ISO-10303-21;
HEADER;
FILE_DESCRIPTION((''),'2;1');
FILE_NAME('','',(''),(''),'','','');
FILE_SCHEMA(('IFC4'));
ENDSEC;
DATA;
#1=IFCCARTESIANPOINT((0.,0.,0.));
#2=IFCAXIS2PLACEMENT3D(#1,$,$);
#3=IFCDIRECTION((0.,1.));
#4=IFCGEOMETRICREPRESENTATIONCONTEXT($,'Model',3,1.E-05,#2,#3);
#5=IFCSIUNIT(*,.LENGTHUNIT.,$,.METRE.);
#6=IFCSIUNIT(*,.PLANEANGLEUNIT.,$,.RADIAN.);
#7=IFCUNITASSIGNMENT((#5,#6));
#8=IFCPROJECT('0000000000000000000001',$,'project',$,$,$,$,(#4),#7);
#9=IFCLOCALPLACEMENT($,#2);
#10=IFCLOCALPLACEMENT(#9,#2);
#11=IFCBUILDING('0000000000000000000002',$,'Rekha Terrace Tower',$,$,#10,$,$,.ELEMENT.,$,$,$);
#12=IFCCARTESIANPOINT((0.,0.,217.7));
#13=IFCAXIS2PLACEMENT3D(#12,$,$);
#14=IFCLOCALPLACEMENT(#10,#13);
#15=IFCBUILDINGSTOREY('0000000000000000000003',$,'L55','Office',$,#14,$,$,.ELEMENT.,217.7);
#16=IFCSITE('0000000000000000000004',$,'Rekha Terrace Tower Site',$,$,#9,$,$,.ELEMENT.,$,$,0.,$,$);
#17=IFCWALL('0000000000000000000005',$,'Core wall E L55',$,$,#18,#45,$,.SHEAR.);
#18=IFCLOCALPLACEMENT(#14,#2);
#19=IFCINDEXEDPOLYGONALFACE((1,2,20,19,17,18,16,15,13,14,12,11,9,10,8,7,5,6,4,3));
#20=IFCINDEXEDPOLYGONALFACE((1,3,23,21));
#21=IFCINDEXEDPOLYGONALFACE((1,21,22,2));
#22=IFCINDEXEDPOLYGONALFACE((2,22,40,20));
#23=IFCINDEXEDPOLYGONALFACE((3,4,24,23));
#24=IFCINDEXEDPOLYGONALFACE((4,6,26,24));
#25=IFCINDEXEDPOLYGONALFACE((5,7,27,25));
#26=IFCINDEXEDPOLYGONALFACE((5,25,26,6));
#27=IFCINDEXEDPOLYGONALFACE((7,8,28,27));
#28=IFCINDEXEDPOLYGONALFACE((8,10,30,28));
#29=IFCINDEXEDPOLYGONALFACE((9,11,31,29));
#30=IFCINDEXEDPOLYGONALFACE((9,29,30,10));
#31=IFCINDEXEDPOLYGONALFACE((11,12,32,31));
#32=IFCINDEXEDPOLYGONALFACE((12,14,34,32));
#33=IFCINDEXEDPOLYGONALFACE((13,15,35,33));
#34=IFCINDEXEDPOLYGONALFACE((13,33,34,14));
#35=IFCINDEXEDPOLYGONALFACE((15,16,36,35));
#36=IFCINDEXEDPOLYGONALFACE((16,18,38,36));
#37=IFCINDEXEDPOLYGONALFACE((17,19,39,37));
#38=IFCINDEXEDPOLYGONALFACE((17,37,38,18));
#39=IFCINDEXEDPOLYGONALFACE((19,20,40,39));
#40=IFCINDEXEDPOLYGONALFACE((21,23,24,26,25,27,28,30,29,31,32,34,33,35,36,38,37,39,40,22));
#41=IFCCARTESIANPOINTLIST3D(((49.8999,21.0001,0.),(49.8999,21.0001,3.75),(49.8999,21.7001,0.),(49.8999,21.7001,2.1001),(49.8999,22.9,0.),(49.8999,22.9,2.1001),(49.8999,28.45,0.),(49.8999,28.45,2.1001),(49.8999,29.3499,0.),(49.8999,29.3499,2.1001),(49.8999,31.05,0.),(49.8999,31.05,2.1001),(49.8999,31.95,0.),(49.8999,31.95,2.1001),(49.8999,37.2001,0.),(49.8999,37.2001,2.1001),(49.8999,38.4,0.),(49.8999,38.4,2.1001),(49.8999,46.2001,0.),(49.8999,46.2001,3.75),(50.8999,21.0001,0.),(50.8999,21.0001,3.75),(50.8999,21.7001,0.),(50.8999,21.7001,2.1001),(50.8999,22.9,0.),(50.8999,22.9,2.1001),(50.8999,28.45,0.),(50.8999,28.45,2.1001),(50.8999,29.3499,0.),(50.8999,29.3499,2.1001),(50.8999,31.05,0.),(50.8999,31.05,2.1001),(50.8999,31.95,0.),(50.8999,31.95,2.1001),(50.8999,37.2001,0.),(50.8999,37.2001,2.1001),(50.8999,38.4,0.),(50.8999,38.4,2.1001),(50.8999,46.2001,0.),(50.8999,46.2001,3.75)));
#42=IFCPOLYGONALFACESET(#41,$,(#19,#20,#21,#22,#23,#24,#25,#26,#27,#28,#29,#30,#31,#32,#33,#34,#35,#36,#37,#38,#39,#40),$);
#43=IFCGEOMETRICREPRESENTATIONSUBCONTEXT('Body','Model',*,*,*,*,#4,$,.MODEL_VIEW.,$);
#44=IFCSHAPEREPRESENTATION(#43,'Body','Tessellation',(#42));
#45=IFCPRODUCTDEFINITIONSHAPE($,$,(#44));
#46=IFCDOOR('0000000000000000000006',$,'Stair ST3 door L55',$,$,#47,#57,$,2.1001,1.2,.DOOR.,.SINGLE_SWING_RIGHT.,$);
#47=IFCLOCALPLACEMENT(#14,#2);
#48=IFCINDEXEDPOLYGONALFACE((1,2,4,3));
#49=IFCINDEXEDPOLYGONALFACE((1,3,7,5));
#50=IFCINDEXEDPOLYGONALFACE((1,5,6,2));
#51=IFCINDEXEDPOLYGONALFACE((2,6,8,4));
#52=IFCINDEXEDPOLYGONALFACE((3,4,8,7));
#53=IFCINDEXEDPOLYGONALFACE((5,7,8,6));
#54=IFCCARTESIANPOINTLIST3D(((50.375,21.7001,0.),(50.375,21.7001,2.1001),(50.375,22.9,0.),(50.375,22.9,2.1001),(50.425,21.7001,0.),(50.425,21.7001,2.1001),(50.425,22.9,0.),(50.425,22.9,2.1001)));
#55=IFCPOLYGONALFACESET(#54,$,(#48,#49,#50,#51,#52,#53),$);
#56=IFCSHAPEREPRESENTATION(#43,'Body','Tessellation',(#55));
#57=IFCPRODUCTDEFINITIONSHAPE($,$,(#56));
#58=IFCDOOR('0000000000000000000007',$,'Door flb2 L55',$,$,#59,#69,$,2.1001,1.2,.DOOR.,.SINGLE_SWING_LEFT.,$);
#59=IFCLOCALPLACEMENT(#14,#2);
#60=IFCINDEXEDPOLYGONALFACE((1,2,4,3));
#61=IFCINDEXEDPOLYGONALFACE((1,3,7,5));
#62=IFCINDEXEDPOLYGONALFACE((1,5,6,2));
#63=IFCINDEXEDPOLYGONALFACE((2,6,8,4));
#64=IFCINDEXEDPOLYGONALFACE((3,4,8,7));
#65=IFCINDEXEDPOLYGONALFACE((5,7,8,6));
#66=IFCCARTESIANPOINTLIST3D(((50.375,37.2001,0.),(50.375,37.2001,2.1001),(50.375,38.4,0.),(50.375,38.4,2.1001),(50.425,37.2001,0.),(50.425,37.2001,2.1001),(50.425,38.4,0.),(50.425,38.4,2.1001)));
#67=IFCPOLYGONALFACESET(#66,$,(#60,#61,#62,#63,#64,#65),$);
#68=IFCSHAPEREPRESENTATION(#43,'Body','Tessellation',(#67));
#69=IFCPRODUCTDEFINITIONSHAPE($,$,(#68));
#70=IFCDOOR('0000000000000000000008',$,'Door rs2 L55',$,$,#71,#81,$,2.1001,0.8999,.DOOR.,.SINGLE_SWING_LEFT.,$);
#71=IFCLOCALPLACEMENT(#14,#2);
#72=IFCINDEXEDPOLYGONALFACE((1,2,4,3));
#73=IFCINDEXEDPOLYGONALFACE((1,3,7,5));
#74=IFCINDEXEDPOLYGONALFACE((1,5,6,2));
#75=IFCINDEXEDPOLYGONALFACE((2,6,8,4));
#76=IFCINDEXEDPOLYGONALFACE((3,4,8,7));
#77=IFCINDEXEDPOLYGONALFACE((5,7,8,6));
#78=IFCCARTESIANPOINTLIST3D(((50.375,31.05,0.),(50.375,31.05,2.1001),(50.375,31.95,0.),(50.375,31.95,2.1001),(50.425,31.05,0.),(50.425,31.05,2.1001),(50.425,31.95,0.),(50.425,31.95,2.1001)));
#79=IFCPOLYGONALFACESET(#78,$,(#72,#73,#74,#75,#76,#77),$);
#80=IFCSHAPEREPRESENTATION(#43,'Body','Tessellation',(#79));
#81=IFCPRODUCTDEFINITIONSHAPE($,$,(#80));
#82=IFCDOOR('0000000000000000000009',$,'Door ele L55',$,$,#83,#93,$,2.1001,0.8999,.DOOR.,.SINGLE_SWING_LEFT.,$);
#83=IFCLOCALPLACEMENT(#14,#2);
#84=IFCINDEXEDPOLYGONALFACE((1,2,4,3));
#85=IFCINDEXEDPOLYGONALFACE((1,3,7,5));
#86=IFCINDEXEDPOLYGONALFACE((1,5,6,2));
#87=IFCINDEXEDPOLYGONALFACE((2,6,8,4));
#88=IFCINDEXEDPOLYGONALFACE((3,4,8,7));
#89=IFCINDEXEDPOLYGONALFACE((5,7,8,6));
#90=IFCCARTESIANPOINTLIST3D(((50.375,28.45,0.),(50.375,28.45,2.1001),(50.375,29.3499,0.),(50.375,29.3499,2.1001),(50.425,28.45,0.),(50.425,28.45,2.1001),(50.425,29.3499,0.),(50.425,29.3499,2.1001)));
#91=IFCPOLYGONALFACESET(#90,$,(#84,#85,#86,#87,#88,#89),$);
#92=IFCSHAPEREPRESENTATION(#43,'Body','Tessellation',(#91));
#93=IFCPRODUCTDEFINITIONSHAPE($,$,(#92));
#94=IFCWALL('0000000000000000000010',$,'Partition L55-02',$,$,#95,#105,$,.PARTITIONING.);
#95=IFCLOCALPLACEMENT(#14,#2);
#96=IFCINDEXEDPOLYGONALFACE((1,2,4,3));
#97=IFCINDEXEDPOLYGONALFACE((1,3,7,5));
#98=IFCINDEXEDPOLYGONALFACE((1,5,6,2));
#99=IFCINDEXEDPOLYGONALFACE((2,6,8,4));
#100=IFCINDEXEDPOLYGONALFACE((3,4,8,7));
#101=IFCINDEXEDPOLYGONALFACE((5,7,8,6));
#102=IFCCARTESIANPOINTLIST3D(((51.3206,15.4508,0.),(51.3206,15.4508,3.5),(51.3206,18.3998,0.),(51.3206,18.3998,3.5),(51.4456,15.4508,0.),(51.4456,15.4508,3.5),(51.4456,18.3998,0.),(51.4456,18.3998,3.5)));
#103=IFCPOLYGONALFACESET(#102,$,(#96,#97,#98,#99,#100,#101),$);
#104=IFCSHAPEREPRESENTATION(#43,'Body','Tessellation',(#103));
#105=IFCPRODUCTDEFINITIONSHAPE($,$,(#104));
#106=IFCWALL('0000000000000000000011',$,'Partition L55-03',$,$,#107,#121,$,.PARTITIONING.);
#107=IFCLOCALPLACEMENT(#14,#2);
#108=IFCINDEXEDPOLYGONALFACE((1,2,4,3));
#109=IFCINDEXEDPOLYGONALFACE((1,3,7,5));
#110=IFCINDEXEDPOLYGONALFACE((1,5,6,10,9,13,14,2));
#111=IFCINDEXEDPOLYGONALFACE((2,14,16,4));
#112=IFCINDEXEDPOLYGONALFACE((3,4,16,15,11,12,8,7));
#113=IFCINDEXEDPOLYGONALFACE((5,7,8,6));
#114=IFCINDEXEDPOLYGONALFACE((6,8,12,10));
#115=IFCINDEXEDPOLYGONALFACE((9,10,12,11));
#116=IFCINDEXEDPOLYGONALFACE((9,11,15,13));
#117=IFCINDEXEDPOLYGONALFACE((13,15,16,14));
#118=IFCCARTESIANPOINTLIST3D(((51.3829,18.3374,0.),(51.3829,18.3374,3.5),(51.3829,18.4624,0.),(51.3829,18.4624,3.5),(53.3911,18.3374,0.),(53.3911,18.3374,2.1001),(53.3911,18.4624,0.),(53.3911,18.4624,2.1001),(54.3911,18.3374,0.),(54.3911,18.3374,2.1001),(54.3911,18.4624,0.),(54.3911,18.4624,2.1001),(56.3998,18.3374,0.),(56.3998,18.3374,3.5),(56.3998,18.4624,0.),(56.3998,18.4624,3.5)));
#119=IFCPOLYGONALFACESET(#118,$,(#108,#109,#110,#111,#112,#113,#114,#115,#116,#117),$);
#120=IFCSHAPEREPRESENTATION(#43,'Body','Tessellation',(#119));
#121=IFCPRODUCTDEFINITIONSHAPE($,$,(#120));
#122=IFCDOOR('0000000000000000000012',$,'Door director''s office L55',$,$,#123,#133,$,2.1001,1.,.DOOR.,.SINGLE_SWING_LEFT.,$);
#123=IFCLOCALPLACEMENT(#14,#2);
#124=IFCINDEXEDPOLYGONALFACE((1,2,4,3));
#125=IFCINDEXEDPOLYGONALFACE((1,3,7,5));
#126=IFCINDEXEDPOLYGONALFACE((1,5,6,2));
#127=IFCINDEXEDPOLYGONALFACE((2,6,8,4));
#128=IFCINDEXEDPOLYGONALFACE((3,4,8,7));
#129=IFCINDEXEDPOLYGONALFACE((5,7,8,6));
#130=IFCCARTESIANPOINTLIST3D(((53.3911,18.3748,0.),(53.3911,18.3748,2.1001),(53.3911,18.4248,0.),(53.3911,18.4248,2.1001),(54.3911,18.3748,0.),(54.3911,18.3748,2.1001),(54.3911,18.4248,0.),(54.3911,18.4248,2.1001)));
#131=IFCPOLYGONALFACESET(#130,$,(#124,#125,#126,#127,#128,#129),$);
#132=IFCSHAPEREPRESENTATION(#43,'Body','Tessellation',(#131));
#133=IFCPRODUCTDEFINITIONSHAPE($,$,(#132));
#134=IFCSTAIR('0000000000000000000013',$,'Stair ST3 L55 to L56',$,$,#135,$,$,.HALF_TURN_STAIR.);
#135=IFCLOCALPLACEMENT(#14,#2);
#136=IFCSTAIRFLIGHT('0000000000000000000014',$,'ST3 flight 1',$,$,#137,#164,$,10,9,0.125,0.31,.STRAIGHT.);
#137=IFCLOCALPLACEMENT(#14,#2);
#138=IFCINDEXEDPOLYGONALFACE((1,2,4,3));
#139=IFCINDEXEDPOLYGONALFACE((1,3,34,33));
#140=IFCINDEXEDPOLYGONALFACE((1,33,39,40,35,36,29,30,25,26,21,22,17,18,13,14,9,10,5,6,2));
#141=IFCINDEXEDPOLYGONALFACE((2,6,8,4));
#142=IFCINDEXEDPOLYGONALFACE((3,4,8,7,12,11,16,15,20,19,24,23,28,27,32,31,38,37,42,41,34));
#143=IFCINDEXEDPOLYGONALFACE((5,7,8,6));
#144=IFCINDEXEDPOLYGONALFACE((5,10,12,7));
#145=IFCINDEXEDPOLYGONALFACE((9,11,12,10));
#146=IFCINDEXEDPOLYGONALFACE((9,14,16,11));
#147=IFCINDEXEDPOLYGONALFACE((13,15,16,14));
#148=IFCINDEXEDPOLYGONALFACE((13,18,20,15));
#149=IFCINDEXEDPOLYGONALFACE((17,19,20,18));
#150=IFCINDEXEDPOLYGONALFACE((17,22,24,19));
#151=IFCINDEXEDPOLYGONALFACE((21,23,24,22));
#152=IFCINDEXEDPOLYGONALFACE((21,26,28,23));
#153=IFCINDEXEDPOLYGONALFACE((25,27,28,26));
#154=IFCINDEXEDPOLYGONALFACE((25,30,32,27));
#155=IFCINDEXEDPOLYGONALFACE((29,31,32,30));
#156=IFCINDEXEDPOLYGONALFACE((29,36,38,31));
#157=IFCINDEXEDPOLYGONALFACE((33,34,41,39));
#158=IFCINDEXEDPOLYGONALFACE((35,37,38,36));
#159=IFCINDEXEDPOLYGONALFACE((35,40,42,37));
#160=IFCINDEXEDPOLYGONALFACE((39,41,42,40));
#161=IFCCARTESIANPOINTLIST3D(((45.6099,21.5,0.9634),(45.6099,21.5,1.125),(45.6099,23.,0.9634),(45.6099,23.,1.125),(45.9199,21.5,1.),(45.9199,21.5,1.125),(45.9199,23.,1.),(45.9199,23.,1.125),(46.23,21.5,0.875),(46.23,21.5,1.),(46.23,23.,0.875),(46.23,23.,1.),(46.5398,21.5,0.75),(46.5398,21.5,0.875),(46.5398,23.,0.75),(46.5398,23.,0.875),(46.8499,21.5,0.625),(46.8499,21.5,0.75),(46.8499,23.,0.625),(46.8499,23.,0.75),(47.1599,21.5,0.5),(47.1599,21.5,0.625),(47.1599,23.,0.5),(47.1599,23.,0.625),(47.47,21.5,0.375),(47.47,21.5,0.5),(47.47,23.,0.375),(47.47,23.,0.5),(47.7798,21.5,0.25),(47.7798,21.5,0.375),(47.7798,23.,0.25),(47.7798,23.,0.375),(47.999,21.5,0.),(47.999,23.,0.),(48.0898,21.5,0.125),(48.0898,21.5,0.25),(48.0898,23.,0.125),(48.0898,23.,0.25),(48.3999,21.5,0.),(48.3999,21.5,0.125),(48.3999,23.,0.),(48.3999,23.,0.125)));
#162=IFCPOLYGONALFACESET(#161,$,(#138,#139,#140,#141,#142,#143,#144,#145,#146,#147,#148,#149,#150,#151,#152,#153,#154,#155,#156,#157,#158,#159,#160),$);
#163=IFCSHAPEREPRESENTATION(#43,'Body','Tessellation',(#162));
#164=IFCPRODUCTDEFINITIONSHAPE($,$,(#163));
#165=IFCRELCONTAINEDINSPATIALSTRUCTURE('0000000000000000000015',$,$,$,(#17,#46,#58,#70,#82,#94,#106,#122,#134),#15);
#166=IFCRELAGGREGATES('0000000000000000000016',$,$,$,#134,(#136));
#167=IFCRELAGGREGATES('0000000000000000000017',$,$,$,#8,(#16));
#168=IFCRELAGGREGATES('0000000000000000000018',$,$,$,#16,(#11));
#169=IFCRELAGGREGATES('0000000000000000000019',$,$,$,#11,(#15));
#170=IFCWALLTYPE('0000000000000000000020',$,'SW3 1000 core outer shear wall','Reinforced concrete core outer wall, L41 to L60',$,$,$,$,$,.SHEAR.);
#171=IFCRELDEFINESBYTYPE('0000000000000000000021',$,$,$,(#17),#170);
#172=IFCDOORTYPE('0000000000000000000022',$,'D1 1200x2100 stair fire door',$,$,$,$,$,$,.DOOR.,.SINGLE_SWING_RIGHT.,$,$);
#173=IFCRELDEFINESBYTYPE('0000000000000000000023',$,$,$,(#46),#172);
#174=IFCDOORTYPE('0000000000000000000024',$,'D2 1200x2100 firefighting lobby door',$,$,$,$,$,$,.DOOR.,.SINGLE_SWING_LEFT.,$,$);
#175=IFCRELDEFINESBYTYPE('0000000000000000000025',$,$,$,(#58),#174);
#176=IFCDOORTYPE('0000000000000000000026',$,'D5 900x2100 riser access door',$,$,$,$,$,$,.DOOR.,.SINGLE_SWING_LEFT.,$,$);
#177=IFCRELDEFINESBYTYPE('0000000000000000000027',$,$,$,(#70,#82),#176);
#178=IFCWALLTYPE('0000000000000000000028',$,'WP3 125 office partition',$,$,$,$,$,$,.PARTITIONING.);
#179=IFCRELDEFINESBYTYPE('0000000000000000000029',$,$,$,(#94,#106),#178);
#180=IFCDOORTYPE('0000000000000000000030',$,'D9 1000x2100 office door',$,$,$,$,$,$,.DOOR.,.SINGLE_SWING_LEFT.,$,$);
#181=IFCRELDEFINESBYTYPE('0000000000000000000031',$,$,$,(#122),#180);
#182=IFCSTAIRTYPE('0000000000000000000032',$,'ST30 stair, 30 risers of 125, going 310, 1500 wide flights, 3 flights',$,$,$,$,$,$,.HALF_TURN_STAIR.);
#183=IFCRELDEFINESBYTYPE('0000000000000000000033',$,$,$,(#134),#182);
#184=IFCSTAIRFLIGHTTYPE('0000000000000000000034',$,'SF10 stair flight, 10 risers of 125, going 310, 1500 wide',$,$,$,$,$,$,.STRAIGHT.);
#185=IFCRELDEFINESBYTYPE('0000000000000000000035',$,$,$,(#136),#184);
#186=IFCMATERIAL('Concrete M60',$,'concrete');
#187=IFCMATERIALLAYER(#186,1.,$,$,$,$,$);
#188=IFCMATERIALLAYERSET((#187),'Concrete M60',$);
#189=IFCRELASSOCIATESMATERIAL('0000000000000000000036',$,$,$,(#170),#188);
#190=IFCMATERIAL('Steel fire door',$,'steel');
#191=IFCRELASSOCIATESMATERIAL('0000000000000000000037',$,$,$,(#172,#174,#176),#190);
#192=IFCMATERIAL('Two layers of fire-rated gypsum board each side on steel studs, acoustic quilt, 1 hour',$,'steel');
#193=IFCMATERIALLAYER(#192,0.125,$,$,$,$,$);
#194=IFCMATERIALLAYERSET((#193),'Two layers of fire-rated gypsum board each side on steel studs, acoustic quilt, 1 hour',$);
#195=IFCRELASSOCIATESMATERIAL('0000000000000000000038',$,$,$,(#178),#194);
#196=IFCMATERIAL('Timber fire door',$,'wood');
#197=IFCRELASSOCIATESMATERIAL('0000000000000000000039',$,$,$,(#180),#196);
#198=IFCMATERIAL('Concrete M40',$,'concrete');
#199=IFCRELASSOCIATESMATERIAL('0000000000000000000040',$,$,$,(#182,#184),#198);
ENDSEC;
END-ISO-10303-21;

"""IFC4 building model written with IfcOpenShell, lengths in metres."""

from ifc_helpers import new_model, si_unit, direction, frame, frame_2d, origin, place, context, subcontext, project, spatial, polyline, rectangle, outline, extrude, material, layer, layer_set, type_object, element, fill, aggregate, save


model = new_model("IFC4")

# Units and contexts
model_context = context("Model", 3, precision=1e-05, world=origin(), true_north=direction((0.0, 1.0)))
body_context = subcontext(model_context, "Body", "Model", "MODEL_VIEW")
ifc_project = project(units=[si_unit("LENGTHUNIT", "METRE"), si_unit("PLANEANGLEUNIT", "RADIAN")], contexts=[model_context])

# Site, building, storey
site_placement = place(None, origin())
site = spatial("IfcSite", under=ifc_project, at=site_placement, Name="Rekha Terrace Tower Site", CompositionType="ELEMENT", RefElevation=0.0)
building_placement = place(site_placement, origin())
building = spatial("IfcBuilding", under=site, at=building_placement, Name="Rekha Terrace Tower", CompositionType="ELEMENT")
storey_placement = place(building_placement, frame((0.0, 0.0, 217.7)))
storey = spatial("IfcBuildingStorey", under=building, at=storey_placement, Name="L55", Description="Office", CompositionType="ELEMENT", Elevation=217.7)

# Shared definitions
ifc_material_1 = material(Name="Concrete M60", Category="concrete")

# Wall, openings, doors
ifc_layer_1 = layer(ifc_material_1, 1.0)
ifc_layer_set_1 = layer_set([ifc_layer_1], Name="Concrete M60")
wall_type_1 = type_object("IfcWallType", Name="SW3 1000 core outer shear wall", Description="Reinforced concrete core outer wall, L41 to L60", PredefinedType="SHEAR", material=ifc_layer_set_1)
wall_1_placement = place(storey_placement, frame((50.3999, 21.0, 0.0), z_axis=(0.0, 0.0, 1.0), x_axis=(0.0, 1.0, 0.0)))
wall_1 = element("IfcWall", 1, at=wall_1_placement, inside=storey, type_object=wall_type_1, Name="Core wall E L55", PredefinedType="SHEAR", context=body_context, shape_type="SweptSolid", body=[
    extrude(rectangle(XDim=25.2, YDim=1.0, at=frame_2d((12.6001, 0.0))), origin(), (0.0, 0.0, 1.0), 3.75),
])
opening_1_placement = place(wall_1_placement, frame((16.2, 0.0, 0.0)))
opening_1 = element("IfcOpeningElement", 2, at=opening_1_placement, cuts=wall_1, PredefinedType="OPENING", context=body_context, shape_type="SweptSolid", body=[
    extrude(rectangle(XDim=1.2, YDim=2.1001, at=frame_2d((0.6001, 1.05))), frame((0.0, 0.51, 0.0), z_axis=(0.0, -1.0, 0.0), x_axis=(1.0, 0.0, 0.0)), (0.0, 0.0, 1.0), 1.02),
])
opening_2_placement = place(wall_1_placement, frame((10.05, 0.0, 0.0)))
opening_2 = element("IfcOpeningElement", 3, at=opening_2_placement, cuts=wall_1, PredefinedType="OPENING", context=body_context, shape_type="SweptSolid", body=[
    extrude(rectangle(XDim=0.8999, YDim=2.1001, at=frame_2d((0.45, 1.05))), frame((0.0, 0.51, 0.0), z_axis=(0.0, -1.0, 0.0), x_axis=(1.0, 0.0, 0.0)), (0.0, 0.0, 1.0), 1.02),
])
opening_3_placement = place(wall_1_placement, frame((7.45, 0.0, 0.0)))
opening_3 = element("IfcOpeningElement", 4, at=opening_3_placement, cuts=wall_1, PredefinedType="OPENING", context=body_context, shape_type="SweptSolid", body=[
    extrude(rectangle(XDim=0.8999, YDim=2.1001, at=frame_2d((0.45, 1.05))), frame((0.0, 0.51, 0.0), z_axis=(0.0, -1.0, 0.0), x_axis=(1.0, 0.0, 0.0)), (0.0, 0.0, 1.0), 1.02),
])
opening_4_placement = place(wall_1_placement, frame((0.7, 0.0, 0.0)))
opening_4 = element("IfcOpeningElement", 5, at=opening_4_placement, cuts=wall_1, PredefinedType="OPENING", context=body_context, shape_type="SweptSolid", body=[
    extrude(rectangle(XDim=1.2, YDim=2.1001, at=frame_2d((0.6001, 1.05))), frame((0.0, 0.51, 0.0), z_axis=(0.0, -1.0, 0.0), x_axis=(1.0, 0.0, 0.0)), (0.0, 0.0, 1.0), 1.02),
])
ifc_material_2 = material(Name="Steel fire door", Category="steel")
door_type_1 = type_object("IfcDoorType", Name="D1 1200x2100 stair fire door", OperationType="SINGLE_SWING_RIGHT", PredefinedType="DOOR", material=ifc_material_2)
door_1_placement = place(opening_4_placement, origin())
door_1 = element("IfcDoor", 6, at=door_1_placement, inside=storey, type_object=door_type_1, Name="Stair ST3 door L55", OperationType="SINGLE_SWING_RIGHT", OverallHeight=2.1001, OverallWidth=1.2, PredefinedType="DOOR", context=body_context, shape_type="SweptSolid", body=[
    extrude(rectangle(XDim=1.2, YDim=2.1001, at=frame_2d((0.6001, 1.05))), frame((0.0, 0.0249, 0.0), z_axis=(0.0, -1.0, 0.0), x_axis=(1.0, 0.0, 0.0)), (0.0, 0.0, 1.0), 0.05),
])
fill(opening_4, door_1)
door_type_2 = type_object("IfcDoorType", Name="D2 1200x2100 firefighting lobby door", OperationType="SINGLE_SWING_LEFT", PredefinedType="DOOR", material=ifc_material_2)
door_2_placement = place(opening_1_placement, origin())
door_2 = element("IfcDoor", 7, at=door_2_placement, inside=storey, type_object=door_type_2, Name="Door flb2 L55", OperationType="SINGLE_SWING_LEFT", OverallHeight=2.1001, OverallWidth=1.2, PredefinedType="DOOR", context=body_context, shape_type="SweptSolid", body=[
    extrude(rectangle(XDim=1.2, YDim=2.1001, at=frame_2d((0.6001, 1.05))), frame((0.0, 0.0249, 0.0), z_axis=(0.0, -1.0, 0.0), x_axis=(1.0, 0.0, 0.0)), (0.0, 0.0, 1.0), 0.05),
])
fill(opening_1, door_2)
door_type_3 = type_object("IfcDoorType", Name="D5 900x2100 riser access door", OperationType="SINGLE_SWING_LEFT", PredefinedType="DOOR", material=ifc_material_2)
door_3_placement = place(opening_2_placement, origin())
door_3 = element("IfcDoor", 8, at=door_3_placement, inside=storey, type_object=door_type_3, Name="Door rs2 L55", OperationType="SINGLE_SWING_LEFT", OverallHeight=2.1001, OverallWidth=0.8999, PredefinedType="DOOR", context=body_context, shape_type="SweptSolid", body=[
    extrude(rectangle(XDim=0.8999, YDim=2.1001, at=frame_2d((0.45, 1.05))), frame((0.0, 0.0249, 0.0), z_axis=(0.0, -1.0, 0.0), x_axis=(1.0, 0.0, 0.0)), (0.0, 0.0, 1.0), 0.05),
])
fill(opening_2, door_3)
door_4_placement = place(opening_3_placement, origin())
door_4 = element("IfcDoor", 9, at=door_4_placement, inside=storey, type_object=door_type_3, Name="Door ele L55", OperationType="SINGLE_SWING_LEFT", OverallHeight=2.1001, OverallWidth=0.8999, PredefinedType="DOOR", context=body_context, shape_type="SweptSolid", body=[
    extrude(rectangle(XDim=0.8999, YDim=2.1001, at=frame_2d((0.45, 1.05))), frame((0.0, 0.0249, 0.0), z_axis=(0.0, -1.0, 0.0), x_axis=(1.0, 0.0, 0.0)), (0.0, 0.0, 1.0), 0.05),
])
fill(opening_3, door_4)

# Wall
ifc_material_3 = material(Name="Two layers of fire-rated gypsum board each side on steel studs, acoustic quilt, 1 hour", Category="steel")
ifc_layer_2 = layer(ifc_material_3, 0.125)
ifc_layer_set_2 = layer_set([ifc_layer_2], Name="Two layers of fire-rated gypsum board each side on steel studs, acoustic quilt, 1 hour")
wall_type_2 = type_object("IfcWallType", Name="WP3 125 office partition", PredefinedType="PARTITIONING", material=ifc_layer_set_2)
wall_2_placement = place(storey_placement, frame((51.3831, 18.3999, 0.0), z_axis=(0.0, 0.0, 1.0), x_axis=(0.0, -1.0, 0.0)))
element("IfcWall", 10, at=wall_2_placement, inside=storey, type_object=wall_type_2, Name="Partition L55-02", PredefinedType="PARTITIONING", context=body_context, shape_type="SweptSolid", body=[
    extrude(rectangle(XDim=2.949, YDim=0.125, at=frame_2d((1.4746, 0.0))), origin(), (0.0, 0.0, 1.0), 3.5),
])

# Wall, opening, door
wall_3_placement = place(storey_placement, frame((51.3831, 18.3999, 0.0), z_axis=(0.0, 0.0, 1.0), x_axis=(1.0, 0.0, 0.0)))
wall_3 = element("IfcWall", 11, at=wall_3_placement, inside=storey, type_object=wall_type_2, Name="Partition L55-03", PredefinedType="PARTITIONING", context=body_context, shape_type="SweptSolid", body=[
    extrude(rectangle(XDim=5.0168, YDim=0.125, at=frame_2d((2.5083, 0.0))), origin(), (0.0, 0.0, 1.0), 3.5),
])
opening_5_placement = place(wall_3_placement, frame((2.0081, 0.0, 0.0)))
opening_5 = element("IfcOpeningElement", 12, at=opening_5_placement, cuts=wall_3, PredefinedType="OPENING", context=body_context, shape_type="SweptSolid", body=[
    extrude(rectangle(XDim=1.0, YDim=2.1001, at=frame_2d((0.5, 1.05))), frame((0.0, 0.0725, 0.0), z_axis=(0.0, -1.0, 0.0), x_axis=(1.0, 0.0, 0.0)), (0.0, 0.0, 1.0), 0.145),
])
ifc_material_4 = material(Name="Timber fire door", Category="wood")
door_type_4 = type_object("IfcDoorType", Name="D9 1000x2100 office door", OperationType="SINGLE_SWING_LEFT", PredefinedType="DOOR", material=ifc_material_4)
door_5_placement = place(opening_5_placement, origin())
door_5 = element("IfcDoor", 13, at=door_5_placement, inside=storey, type_object=door_type_4, Name="Door director's office L55", OperationType="SINGLE_SWING_LEFT", OverallHeight=2.1001, OverallWidth=1.0, PredefinedType="DOOR", context=body_context, shape_type="SweptSolid", body=[
    extrude(rectangle(XDim=1.0, YDim=2.1001, at=frame_2d((0.5, 1.05))), frame((0.0, 0.0249, 0.0), z_axis=(0.0, -1.0, 0.0), x_axis=(1.0, 0.0, 0.0)), (0.0, 0.0, 1.0), 0.05),
])
fill(opening_5, door_5)

# Stair, stair flight
ifc_material_5 = material(Name="Concrete M40", Category="concrete")
stair_type = type_object("IfcStairType", Name="ST30 stair, 30 risers of 125, going 310, 1500 wide flights, 3 flights", PredefinedType="HALF_TURN_STAIR", material=ifc_material_5)
stair_placement = place(storey_placement, origin())
stair = element("IfcStair", 14, at=stair_placement, inside=storey, type_object=stair_type, Name="Stair ST3 L55 to L56", PredefinedType="HALF_TURN_STAIR")
stair_flight_type = type_object("IfcStairFlightType", Name="SF10 stair flight, 10 risers of 125, going 310, 1500 wide", PredefinedType="STRAIGHT", material=ifc_material_5)
stair_flight_1_placement = place(storey_placement, frame((48.3999, 22.25, 0.0), z_axis=(0.0, 0.0, 1.0), x_axis=(-1.0, 0.0, 0.0)))
stair_flight_1 = element("IfcStairFlight", 15, at=stair_flight_1_placement, type_object=stair_flight_type, Name="ST3 flight 1", NumberOfRisers=10, NumberOfTreads=9, PredefinedType="STRAIGHT", RiserHeight=0.125, TreadLength=0.31, context=body_context, shape_type="SweptSolid", body=[
    extrude(outline(polyline([(0.0, 0.0), (0.0, 0.125), (0.3101, 0.125), (0.3101, 0.25), (0.6201, 0.25), (0.6201, 0.375), (0.9299, 0.375), (0.9299, 0.5), (1.24, 0.5), (1.24, 0.625), (1.55, 0.625), (1.55, 0.75), (1.8601, 0.75), (1.8601, 0.875), (2.1699, 0.875), (2.1699, 1.0), (2.48, 1.0), (2.48, 1.125), (2.79, 1.125), (2.79, 1.25), (2.79, 0.9634), (0.4009, 0.0), (0.0, 0.0)])), frame((0.0, 0.75, 0.0), z_axis=(0.0, -1.0, 0.0), x_axis=(1.0, 0.0, 0.0)), (0.0, 0.0, 1.0), 1.5),
])
aggregate(stair, [stair_flight_1])

save(model, "model.ifc")
